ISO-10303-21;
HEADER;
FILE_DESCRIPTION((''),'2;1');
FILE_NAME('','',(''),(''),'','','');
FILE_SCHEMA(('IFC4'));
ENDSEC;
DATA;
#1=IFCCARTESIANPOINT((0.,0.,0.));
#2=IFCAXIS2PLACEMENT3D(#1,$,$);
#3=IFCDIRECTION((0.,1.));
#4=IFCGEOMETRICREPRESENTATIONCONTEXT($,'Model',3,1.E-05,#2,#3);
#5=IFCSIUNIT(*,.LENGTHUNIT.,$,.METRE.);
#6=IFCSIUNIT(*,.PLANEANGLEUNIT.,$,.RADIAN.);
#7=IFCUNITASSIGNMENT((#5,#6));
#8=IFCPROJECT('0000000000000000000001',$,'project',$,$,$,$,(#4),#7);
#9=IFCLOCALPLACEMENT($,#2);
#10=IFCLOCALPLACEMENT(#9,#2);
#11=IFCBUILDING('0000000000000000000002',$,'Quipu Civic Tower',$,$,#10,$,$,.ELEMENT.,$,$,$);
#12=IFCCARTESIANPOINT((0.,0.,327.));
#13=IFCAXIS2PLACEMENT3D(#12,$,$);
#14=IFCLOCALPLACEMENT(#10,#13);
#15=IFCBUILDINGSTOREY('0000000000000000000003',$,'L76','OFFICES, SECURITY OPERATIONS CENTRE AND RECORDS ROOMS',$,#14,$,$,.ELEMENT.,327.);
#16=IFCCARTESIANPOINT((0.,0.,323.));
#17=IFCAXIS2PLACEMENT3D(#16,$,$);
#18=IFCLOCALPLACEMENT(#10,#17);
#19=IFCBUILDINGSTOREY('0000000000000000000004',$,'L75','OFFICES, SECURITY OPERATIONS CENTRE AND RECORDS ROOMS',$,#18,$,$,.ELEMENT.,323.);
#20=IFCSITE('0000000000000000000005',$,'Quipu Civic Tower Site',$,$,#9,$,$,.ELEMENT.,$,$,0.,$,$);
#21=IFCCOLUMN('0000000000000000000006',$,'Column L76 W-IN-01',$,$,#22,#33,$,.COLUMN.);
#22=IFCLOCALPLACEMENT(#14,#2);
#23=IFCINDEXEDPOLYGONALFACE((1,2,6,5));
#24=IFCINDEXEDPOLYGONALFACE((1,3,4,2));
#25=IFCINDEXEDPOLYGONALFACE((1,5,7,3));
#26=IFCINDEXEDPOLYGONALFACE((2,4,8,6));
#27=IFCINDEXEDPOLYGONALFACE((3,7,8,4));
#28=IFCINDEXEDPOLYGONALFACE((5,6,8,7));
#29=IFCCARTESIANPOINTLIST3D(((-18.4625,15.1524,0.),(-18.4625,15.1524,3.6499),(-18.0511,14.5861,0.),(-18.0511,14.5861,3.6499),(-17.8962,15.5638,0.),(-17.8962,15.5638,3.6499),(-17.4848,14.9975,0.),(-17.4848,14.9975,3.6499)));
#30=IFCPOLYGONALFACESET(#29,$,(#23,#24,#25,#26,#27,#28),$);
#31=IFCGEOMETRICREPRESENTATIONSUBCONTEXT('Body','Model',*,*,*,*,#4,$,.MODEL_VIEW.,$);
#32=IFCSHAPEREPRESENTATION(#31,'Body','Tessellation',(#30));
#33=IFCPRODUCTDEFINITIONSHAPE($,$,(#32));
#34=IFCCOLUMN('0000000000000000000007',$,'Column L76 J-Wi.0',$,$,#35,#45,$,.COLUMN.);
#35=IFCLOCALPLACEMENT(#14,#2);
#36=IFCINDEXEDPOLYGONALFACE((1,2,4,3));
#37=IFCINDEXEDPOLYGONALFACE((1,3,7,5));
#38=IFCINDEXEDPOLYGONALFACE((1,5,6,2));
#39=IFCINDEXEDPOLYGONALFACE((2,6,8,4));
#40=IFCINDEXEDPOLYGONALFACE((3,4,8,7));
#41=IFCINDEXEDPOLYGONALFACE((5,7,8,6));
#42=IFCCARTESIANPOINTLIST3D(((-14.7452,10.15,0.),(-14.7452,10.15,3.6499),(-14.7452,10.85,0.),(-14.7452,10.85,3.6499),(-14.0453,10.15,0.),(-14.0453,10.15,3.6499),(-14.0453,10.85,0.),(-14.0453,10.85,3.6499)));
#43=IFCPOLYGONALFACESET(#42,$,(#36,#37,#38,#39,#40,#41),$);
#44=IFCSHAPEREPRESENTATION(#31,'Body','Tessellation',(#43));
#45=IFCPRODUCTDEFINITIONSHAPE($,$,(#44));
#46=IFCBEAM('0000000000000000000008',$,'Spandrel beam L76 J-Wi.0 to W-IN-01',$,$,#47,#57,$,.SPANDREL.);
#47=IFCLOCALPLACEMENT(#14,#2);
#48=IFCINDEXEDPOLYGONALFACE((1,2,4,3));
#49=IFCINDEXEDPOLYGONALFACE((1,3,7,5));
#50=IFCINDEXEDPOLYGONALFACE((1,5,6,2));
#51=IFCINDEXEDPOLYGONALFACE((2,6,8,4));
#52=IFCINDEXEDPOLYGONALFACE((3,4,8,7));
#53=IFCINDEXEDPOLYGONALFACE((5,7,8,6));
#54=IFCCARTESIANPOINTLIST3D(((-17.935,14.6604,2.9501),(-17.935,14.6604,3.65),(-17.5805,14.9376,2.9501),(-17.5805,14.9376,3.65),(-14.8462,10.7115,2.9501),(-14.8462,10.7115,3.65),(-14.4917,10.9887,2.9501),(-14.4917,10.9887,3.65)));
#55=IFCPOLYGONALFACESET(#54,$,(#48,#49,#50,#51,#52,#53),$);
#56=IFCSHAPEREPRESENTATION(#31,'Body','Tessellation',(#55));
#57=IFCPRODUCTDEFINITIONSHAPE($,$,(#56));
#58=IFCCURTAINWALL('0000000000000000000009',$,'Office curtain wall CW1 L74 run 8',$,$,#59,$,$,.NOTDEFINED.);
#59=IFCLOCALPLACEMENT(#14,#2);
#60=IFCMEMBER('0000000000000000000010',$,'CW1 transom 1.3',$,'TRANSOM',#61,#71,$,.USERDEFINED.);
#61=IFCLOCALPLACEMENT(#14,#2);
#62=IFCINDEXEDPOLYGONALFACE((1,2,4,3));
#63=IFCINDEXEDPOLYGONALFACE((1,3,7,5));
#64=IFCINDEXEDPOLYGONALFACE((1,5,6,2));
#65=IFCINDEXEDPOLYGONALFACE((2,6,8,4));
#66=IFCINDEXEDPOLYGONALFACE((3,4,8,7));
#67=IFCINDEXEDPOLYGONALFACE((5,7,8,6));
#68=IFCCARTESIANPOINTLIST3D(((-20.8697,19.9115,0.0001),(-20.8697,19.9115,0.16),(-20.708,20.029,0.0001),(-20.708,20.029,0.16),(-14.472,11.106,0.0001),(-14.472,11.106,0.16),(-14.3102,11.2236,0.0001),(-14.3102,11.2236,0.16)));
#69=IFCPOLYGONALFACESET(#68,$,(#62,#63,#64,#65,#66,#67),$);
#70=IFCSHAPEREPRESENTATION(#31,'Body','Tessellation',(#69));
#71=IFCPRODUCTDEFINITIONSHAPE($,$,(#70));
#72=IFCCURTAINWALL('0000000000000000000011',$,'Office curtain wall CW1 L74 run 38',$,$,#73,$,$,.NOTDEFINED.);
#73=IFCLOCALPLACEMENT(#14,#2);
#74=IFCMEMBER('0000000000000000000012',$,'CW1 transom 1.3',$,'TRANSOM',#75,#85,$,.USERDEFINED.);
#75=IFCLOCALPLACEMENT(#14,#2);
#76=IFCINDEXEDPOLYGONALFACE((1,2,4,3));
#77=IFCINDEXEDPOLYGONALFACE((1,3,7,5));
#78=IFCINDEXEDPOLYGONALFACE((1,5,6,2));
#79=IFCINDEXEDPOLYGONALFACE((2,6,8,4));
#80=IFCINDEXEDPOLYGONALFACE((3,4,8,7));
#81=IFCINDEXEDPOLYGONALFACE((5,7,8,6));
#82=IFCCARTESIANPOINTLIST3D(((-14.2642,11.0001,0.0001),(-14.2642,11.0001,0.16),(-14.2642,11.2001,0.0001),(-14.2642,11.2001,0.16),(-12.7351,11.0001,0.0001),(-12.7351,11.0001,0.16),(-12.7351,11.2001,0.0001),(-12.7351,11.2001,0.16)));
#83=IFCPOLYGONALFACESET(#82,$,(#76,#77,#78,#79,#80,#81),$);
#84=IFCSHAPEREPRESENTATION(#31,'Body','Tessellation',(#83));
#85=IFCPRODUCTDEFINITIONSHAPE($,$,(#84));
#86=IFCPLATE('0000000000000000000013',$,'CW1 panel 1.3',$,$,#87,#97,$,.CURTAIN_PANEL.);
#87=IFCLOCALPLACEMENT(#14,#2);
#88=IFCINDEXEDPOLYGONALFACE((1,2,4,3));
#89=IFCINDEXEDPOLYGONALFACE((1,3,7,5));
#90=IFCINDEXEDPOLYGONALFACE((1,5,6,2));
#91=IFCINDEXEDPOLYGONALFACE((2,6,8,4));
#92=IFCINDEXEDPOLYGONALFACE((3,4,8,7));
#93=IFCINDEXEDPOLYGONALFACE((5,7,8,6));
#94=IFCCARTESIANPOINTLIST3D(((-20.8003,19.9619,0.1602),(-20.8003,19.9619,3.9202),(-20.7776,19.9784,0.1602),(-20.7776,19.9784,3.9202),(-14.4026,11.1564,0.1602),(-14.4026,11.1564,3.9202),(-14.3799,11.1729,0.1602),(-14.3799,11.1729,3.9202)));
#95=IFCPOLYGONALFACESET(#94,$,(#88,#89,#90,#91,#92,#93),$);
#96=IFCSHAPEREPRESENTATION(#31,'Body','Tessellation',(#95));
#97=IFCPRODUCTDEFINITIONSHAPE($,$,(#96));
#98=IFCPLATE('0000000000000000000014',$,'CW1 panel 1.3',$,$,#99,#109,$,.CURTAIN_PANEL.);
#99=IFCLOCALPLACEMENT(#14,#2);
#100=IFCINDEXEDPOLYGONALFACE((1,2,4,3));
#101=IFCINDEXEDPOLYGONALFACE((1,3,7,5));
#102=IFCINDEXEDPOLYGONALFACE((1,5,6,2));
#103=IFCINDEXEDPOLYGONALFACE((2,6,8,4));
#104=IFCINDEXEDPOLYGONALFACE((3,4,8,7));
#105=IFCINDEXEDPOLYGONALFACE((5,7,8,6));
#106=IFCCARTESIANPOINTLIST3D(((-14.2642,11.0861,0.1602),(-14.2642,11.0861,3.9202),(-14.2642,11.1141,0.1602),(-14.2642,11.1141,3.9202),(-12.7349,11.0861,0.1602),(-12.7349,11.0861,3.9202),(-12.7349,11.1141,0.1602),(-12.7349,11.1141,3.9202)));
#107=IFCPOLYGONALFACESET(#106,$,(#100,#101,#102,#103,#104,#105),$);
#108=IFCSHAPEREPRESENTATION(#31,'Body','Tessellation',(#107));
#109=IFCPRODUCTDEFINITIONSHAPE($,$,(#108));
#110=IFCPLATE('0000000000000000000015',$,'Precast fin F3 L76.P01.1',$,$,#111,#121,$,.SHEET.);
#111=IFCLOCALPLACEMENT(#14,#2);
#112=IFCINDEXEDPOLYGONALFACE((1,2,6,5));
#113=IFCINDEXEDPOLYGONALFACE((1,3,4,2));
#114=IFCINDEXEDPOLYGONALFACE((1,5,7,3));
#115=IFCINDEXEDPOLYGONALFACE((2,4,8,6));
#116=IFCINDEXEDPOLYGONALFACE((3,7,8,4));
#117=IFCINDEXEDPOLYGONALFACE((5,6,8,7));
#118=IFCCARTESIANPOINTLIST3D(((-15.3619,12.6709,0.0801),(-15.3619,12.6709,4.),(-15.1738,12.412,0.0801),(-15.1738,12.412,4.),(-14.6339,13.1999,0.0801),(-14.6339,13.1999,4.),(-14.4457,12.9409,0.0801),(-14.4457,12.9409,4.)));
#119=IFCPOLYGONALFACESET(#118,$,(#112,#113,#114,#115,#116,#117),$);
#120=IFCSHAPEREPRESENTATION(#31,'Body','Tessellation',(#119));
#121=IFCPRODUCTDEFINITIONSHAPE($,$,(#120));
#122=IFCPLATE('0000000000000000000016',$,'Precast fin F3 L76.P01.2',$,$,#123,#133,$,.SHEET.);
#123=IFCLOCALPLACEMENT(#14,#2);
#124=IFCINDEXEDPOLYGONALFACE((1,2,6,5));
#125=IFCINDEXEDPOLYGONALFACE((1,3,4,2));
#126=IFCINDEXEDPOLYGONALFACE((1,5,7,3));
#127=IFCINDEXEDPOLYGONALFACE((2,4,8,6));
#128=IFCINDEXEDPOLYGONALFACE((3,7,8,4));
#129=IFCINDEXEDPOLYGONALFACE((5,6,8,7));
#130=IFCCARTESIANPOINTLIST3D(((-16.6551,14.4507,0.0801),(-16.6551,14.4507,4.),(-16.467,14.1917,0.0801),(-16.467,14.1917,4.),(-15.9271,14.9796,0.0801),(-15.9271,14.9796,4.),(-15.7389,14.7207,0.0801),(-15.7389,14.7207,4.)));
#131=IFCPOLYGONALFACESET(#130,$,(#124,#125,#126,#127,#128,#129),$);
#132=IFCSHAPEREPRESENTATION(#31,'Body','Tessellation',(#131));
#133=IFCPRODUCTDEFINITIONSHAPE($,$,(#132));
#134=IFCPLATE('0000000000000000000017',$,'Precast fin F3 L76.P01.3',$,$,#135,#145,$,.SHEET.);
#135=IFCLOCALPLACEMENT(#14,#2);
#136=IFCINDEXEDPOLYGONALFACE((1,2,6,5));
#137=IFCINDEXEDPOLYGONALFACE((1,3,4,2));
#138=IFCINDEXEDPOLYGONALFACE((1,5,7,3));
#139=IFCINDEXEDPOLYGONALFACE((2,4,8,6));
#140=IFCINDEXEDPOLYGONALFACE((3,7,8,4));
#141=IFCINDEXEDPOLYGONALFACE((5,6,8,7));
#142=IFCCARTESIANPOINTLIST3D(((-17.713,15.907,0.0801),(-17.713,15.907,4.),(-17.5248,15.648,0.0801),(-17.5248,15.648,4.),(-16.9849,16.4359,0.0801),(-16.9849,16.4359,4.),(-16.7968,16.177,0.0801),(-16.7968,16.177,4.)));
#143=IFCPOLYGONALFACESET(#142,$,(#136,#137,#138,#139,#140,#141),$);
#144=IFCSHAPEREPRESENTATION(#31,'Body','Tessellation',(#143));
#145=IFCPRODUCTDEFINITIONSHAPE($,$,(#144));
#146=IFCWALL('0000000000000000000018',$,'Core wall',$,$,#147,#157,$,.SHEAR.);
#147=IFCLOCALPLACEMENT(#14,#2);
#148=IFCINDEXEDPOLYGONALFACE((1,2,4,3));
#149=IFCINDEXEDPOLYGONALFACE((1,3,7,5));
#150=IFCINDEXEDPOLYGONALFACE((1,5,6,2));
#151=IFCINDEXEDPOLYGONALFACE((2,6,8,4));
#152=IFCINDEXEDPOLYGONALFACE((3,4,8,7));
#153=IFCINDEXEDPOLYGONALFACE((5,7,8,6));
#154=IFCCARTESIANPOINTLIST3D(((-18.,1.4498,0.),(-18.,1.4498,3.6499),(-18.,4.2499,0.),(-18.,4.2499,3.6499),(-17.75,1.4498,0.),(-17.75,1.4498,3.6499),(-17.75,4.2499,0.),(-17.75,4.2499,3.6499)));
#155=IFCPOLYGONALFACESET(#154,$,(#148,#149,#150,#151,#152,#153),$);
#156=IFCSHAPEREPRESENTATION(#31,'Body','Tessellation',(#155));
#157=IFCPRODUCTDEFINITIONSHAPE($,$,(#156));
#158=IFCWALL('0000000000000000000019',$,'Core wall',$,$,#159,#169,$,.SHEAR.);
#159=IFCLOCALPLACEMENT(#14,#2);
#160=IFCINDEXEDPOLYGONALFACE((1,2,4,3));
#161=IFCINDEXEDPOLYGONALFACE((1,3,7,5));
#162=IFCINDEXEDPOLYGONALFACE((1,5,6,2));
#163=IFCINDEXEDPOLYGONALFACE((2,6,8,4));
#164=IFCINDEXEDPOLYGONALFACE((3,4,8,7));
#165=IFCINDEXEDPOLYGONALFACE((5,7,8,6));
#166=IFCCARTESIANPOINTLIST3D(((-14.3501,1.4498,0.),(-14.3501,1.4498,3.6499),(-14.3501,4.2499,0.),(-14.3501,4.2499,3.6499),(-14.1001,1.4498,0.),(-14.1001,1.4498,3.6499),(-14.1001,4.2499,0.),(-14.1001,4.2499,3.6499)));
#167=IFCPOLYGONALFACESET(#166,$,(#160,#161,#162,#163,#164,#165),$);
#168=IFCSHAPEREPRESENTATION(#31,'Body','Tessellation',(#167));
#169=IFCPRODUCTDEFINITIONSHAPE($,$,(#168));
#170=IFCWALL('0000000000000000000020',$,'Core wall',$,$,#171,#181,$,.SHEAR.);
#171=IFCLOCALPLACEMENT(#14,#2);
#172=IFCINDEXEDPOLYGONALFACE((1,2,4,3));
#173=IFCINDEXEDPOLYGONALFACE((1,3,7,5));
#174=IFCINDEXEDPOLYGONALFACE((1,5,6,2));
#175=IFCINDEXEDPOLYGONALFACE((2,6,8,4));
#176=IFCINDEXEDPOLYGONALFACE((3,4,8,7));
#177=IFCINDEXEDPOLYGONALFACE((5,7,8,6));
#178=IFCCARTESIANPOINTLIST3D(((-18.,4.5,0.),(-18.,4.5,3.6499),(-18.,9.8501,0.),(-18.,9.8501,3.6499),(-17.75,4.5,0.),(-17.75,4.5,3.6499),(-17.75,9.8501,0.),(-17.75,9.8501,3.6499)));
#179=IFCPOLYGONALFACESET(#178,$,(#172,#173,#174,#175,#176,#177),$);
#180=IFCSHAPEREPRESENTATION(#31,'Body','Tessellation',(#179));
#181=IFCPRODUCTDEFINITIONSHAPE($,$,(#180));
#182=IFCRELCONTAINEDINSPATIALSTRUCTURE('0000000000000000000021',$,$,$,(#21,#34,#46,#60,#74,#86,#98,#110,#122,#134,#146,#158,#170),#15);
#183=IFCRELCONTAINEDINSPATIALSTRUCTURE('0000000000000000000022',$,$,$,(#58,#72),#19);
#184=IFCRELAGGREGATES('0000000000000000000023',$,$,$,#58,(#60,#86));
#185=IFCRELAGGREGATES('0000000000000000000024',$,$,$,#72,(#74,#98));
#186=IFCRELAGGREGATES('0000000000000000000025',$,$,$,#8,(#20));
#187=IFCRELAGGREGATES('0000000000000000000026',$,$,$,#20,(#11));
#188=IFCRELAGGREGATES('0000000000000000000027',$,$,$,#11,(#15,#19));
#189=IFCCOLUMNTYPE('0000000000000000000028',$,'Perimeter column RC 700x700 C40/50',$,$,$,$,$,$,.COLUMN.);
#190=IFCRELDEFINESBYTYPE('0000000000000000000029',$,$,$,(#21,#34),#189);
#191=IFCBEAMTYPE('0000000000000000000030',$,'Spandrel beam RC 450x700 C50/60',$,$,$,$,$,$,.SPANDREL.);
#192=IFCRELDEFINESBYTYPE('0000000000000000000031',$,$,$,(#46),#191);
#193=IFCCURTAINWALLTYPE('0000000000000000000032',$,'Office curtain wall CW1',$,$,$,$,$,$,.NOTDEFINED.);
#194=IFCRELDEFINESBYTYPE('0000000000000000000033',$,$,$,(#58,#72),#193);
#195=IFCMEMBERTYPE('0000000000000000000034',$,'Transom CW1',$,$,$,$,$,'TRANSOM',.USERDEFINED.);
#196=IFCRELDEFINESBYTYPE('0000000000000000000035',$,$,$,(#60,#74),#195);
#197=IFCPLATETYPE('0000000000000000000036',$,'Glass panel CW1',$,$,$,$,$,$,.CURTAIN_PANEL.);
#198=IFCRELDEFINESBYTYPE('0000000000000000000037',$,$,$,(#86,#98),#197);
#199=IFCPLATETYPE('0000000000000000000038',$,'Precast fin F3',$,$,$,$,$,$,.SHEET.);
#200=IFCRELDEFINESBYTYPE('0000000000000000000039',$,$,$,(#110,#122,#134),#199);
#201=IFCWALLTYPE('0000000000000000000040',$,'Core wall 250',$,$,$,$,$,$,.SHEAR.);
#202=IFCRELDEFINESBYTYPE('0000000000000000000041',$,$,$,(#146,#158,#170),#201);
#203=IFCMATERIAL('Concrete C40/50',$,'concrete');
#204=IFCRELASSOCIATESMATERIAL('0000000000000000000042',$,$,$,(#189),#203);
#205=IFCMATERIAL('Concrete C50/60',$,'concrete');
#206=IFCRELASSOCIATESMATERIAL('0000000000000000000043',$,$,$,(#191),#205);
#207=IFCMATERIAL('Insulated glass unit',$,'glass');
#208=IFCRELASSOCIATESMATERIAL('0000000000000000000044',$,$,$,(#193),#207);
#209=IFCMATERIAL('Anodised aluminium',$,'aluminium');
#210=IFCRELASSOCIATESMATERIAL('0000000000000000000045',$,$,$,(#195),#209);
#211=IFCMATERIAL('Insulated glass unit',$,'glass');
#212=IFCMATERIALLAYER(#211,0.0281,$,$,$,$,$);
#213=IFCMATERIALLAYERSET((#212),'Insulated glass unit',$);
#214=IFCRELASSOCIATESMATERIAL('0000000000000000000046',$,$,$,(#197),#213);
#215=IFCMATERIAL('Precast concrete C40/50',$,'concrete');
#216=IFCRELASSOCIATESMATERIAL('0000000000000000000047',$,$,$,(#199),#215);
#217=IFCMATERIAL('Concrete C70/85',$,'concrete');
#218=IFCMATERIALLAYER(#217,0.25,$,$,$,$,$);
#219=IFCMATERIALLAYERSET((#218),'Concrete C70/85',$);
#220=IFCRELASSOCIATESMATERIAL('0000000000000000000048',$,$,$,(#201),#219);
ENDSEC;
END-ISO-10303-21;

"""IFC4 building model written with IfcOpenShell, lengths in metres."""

from ifc_helpers import new_model, si_unit, direction, frame, frame_2d, origin, origin_2d, place, context, subcontext, project, spatial, rectangle, extrude, material, layer, layer_set, material_profile, profile_set, type_object, element, aggregate, save


model = new_model("IFC4")

# Units and contexts
model_context = context("Model", 3, precision=1e-05, world=origin(), true_north=direction((0.0, 1.0)))
body_context = subcontext(model_context, "Body", "Model", "MODEL_VIEW")
ifc_project = project(units=[si_unit("LENGTHUNIT", "METRE"), si_unit("PLANEANGLEUNIT", "RADIAN")], contexts=[model_context])

# Site, building, storey
site_placement = place(None, origin())
site = spatial("IfcSite", under=ifc_project, at=site_placement, Name="Quipu Civic Tower Site", CompositionType="ELEMENT", RefElevation=0.0)
building_placement = place(site_placement, origin())
building = spatial("IfcBuilding", under=site, at=building_placement, Name="Quipu Civic Tower", CompositionType="ELEMENT")
storey_1_placement = place(building_placement, frame((0.0, 0.0, 327.0)))
storey_1 = spatial("IfcBuildingStorey", under=building, at=storey_1_placement, Name="L76", Description="OFFICES, SECURITY OPERATIONS CENTRE AND RECORDS ROOMS", CompositionType="ELEMENT", Elevation=327.0)

# Columns
ifc_material_1 = material(Name="Concrete C40/50", Category="concrete")
ifc_material_profile_1 = material_profile(ifc_material_1, rectangle(XDim=0.7, YDim=0.7, at=origin_2d()), Name="RC700x700")
ifc_profile_set_1 = profile_set([ifc_material_profile_1], Name="Concrete C40/50")
column_type = type_object("IfcColumnType", Name="Perimeter column RC 700x700 C40/50", PredefinedType="COLUMN", material=ifc_profile_set_1)
for number, where, z_axis, x_axis, name in (
    (1, (-17.9736, 15.075, 0.0), (0.0, 0.0, 1.0), (-0.587785, 0.809017, 0.0), "Column L76 W-IN-01"),
    (2, (-14.3953, 10.5, 0.0), (0.0, 0.0, 1.0), (-1.0, 0.0, 0.0), "Column L76 J-Wi.0"),
):
    element("IfcColumn", number, at=place(storey_1_placement, frame(where, z_axis=z_axis, x_axis=x_axis)), inside=storey_1, type_object=column_type, Name=name, PredefinedType="COLUMN", context=body_context, shape_type="SweptSolid", body=[
        extrude(rectangle(XDim=0.7, YDim=0.7, at=origin_2d()), origin(), (0.0, 0.0, 1.0), 3.6499),
    ])

# Beam
ifc_material_2 = material(Name="Concrete C50/60", Category="concrete")
ifc_material_profile_2 = material_profile(ifc_material_2, rectangle(XDim=0.45, YDim=0.7, at=origin_2d()), Name="RC450x700")
ifc_profile_set_2 = profile_set([ifc_material_profile_2], Name="Concrete C50/60")
beam_type = type_object("IfcBeamType", Name="Spandrel beam RC 450x700 C50/60", PredefinedType="SPANDREL", material=ifc_profile_set_2)
beam_placement = place(storey_1_placement, frame((-14.6689, 10.8501, 3.3), z_axis=(-0.616106, 0.787663, 0.0), x_axis=(-0.787663, -0.616106, 0.0)))
element("IfcBeam", 3, at=beam_placement, inside=storey_1, type_object=beam_type, Name="Spandrel beam L76 J-Wi.0 to W-IN-01", PredefinedType="SPANDREL", context=body_context, shape_type="SweptSolid", body=[
    extrude(rectangle(XDim=0.45, YDim=0.7, at=origin_2d()), origin(), (0.0, 0.0, 1.0), 5.0134),
])

# Shared definitions
storey_2_placement = place(building_placement, frame((0.0, 0.0, 323.0)))
storey_2 = spatial("IfcBuildingStorey", under=building, at=storey_2_placement, Name="L75", Description="OFFICES, SECURITY OPERATIONS CENTRE AND RECORDS ROOMS", CompositionType="ELEMENT", Elevation=323.0)

# Curtain walls, members
ifc_material_3 = material(Name="Insulated glass unit", Category="glass")
curtain_wall_type = type_object("IfcCurtainWallType", Name="Office curtain wall CW1", PredefinedType="NOTDEFINED", material=ifc_material_3)
curtain_wall_1_placement = place(storey_2_placement, origin())
curtain_wall_1 = element("IfcCurtainWall", 4, at=curtain_wall_1_placement, inside=storey_2, type_object=curtain_wall_type, Name="Office curtain wall CW1 L74 run 8", PredefinedType="NOTDEFINED")
ifc_material_4 = material(Name="Anodised aluminium", Category="aluminium")
ifc_material_profile_3 = material_profile(ifc_material_4, rectangle(XDim=0.2, YDim=0.1599, at=origin_2d()), Name="RECT 200x160")
ifc_profile_set_3 = profile_set([ifc_material_profile_3], Name="Anodised aluminium")
member_type = type_object("IfcMemberType", Name="Transom CW1", ElementType="TRANSOM", PredefinedType="USERDEFINED", material=ifc_profile_set_3)
member_1_placement = place(storey_1_placement, frame((-14.3911, 11.1648, 0.0801), z_axis=(-0.587797, 0.809009, 0.0), x_axis=(-0.809009, -0.587797, 0.0)))
member_1 = element("IfcMember", 5, at=member_1_placement, inside=storey_1, type_object=member_type, Name="CW1 transom 1.3", ObjectType="TRANSOM", PredefinedType="USERDEFINED", context=body_context, shape_type="SweptSolid", body=[
    extrude(rectangle(XDim=0.2, YDim=0.1599, at=origin_2d()), origin(), (0.0, 0.0, 1.0), 10.8843),
])
curtain_wall_2_placement = place(storey_2_placement, origin())
curtain_wall_2 = element("IfcCurtainWall", 6, at=curtain_wall_2_placement, inside=storey_2, type_object=curtain_wall_type, Name="Office curtain wall CW1 L74 run 38", PredefinedType="NOTDEFINED")
member_2_placement = place(storey_1_placement, frame((-12.7351, 11.1001, 0.0801), z_axis=(-1.0, 0.0, 0.0), x_axis=(0.0, -1.0, 0.0)))
member_2 = element("IfcMember", 7, at=member_2_placement, inside=storey_1, type_object=member_type, Name="CW1 transom 1.3", ObjectType="TRANSOM", PredefinedType="USERDEFINED", context=body_context, shape_type="SweptSolid", body=[
    extrude(rectangle(XDim=0.2, YDim=0.1599, at=origin_2d()), origin(), (0.0, 0.0, 1.0), 1.5291),
])

# Plates
ifc_material_5 = material(Name="Insulated glass unit", Category="glass")
ifc_layer_1 = layer(ifc_material_5, 0.0281)
ifc_layer_set_1 = layer_set([ifc_layer_1], Name="Insulated glass unit")
plate_type_1 = type_object("IfcPlateType", Name="Glass panel CW1", PredefinedType="CURTAIN_PANEL", material=ifc_layer_set_1)
plate_1_placement = place(storey_1_placement, frame((-17.5901, 15.5674, 0.1602), z_axis=(0.0, 0.0, 1.0), x_axis=(-0.587788, 0.809015, 0.0)))
plate_1 = element("IfcPlate", 8, at=plate_1_placement, inside=storey_1, type_object=plate_type_1, Name="CW1 panel 1.3", PredefinedType="CURTAIN_PANEL", context=body_context, shape_type="SweptSolid", body=[
    extrude(rectangle(XDim=10.8843, YDim=0.0281, at=origin_2d()), origin(), (0.0, 0.0, 1.0), 3.76),
])
aggregate(curtain_wall_1, [member_1, plate_1])
plate_2_placement = place(storey_1_placement, frame((-13.4995, 11.1001, 0.1602), z_axis=(0.0, 0.0, 1.0), x_axis=(-1.0, 0.0, 0.0)))
plate_2 = element("IfcPlate", 9, at=plate_2_placement, inside=storey_1, type_object=plate_type_1, Name="CW1 panel 1.3", PredefinedType="CURTAIN_PANEL", context=body_context, shape_type="SweptSolid", body=[
    extrude(rectangle(XDim=1.5293, YDim=0.0281, at=origin_2d()), origin(), (0.0, 0.0, 1.0), 3.76),
])
aggregate(curtain_wall_2, [member_2, plate_2])

# Plates
ifc_material_6 = material(Name="Precast concrete C40/50", Category="concrete")
plate_type_2 = type_object("IfcPlateType", Name="Precast fin F3", PredefinedType="SHEET", material=ifc_material_6)
for number, where, z_axis, x_axis, name in (
    (10, (-14.9038, 12.8059, 0.0801), (0.0, 0.0, 1.0), (-0.587784, 0.809018, 0.0), "Precast fin F3 L76.P01.1"),
    (11, (-16.197, 14.5857, 0.0801), (0.0, 0.0, 1.0), (-0.587784, 0.809018, 0.0), "Precast fin F3 L76.P01.2"),
    (12, (-17.2549, 16.042, 0.0801), (0.0, 0.0, 1.0), (-0.587784, 0.809018, 0.0), "Precast fin F3 L76.P01.3"),
):
    element("IfcPlate", number, at=place(storey_1_placement, frame(where, z_axis=z_axis, x_axis=x_axis)), inside=storey_1, type_object=plate_type_2, Name=name, PredefinedType="SHEET", context=body_context, shape_type="SweptSolid", body=[
        extrude(rectangle(XDim=0.3201, YDim=0.8999, at=origin_2d()), origin(), (0.0, 0.0, 1.0), 3.9199),
    ])

# Walls
ifc_material_7 = material(Name="Concrete C70/85", Category="concrete")
ifc_layer_2 = layer(ifc_material_7, 0.25)
ifc_layer_set_2 = layer_set([ifc_layer_2], Name="Concrete C70/85")
wall_type_1 = type_object("IfcWallType", Name="Core wall 250", PredefinedType="SHEAR", material=ifc_layer_set_2)
for number, where, z_axis, x_axis, name in (
    (13, (-17.875, 1.45, 0.0), (0.0, 0.0, 1.0), (0.0, 1.0, 0.0), "Core wall"),
    (14, (-14.2251, 1.45, 0.0), (0.0, 0.0, 1.0), (0.0, 1.0, 0.0), "Core wall"),
):
    element("IfcWall", number, at=place(storey_1_placement, frame(where, z_axis=z_axis, x_axis=x_axis)), inside=storey_1, type_object=wall_type_1, Name=name, PredefinedType="SHEAR", context=body_context, shape_type="SweptSolid", body=[
        extrude(rectangle(XDim=2.8, YDim=0.25, at=frame_2d((1.3999, 0.0))), origin(), (0.0, 0.0, 1.0), 3.6499),
    ])
wall_1_placement = place(storey_1_placement, frame((-17.875, 4.5, 0.0), z_axis=(0.0, 0.0, 1.0), x_axis=(0.0, 1.0, 0.0)))
element("IfcWall", 15, at=wall_1_placement, inside=storey_1, type_object=wall_type_1, Name="Core wall", PredefinedType="SHEAR", context=body_context, shape_type="SweptSolid", body=[
    extrude(rectangle(XDim=5.3501, YDim=0.25, at=frame_2d((2.675, 0.0))), origin(), (0.0, 0.0, 1.0), 3.6499),
])

save(model, "model.ifc")
